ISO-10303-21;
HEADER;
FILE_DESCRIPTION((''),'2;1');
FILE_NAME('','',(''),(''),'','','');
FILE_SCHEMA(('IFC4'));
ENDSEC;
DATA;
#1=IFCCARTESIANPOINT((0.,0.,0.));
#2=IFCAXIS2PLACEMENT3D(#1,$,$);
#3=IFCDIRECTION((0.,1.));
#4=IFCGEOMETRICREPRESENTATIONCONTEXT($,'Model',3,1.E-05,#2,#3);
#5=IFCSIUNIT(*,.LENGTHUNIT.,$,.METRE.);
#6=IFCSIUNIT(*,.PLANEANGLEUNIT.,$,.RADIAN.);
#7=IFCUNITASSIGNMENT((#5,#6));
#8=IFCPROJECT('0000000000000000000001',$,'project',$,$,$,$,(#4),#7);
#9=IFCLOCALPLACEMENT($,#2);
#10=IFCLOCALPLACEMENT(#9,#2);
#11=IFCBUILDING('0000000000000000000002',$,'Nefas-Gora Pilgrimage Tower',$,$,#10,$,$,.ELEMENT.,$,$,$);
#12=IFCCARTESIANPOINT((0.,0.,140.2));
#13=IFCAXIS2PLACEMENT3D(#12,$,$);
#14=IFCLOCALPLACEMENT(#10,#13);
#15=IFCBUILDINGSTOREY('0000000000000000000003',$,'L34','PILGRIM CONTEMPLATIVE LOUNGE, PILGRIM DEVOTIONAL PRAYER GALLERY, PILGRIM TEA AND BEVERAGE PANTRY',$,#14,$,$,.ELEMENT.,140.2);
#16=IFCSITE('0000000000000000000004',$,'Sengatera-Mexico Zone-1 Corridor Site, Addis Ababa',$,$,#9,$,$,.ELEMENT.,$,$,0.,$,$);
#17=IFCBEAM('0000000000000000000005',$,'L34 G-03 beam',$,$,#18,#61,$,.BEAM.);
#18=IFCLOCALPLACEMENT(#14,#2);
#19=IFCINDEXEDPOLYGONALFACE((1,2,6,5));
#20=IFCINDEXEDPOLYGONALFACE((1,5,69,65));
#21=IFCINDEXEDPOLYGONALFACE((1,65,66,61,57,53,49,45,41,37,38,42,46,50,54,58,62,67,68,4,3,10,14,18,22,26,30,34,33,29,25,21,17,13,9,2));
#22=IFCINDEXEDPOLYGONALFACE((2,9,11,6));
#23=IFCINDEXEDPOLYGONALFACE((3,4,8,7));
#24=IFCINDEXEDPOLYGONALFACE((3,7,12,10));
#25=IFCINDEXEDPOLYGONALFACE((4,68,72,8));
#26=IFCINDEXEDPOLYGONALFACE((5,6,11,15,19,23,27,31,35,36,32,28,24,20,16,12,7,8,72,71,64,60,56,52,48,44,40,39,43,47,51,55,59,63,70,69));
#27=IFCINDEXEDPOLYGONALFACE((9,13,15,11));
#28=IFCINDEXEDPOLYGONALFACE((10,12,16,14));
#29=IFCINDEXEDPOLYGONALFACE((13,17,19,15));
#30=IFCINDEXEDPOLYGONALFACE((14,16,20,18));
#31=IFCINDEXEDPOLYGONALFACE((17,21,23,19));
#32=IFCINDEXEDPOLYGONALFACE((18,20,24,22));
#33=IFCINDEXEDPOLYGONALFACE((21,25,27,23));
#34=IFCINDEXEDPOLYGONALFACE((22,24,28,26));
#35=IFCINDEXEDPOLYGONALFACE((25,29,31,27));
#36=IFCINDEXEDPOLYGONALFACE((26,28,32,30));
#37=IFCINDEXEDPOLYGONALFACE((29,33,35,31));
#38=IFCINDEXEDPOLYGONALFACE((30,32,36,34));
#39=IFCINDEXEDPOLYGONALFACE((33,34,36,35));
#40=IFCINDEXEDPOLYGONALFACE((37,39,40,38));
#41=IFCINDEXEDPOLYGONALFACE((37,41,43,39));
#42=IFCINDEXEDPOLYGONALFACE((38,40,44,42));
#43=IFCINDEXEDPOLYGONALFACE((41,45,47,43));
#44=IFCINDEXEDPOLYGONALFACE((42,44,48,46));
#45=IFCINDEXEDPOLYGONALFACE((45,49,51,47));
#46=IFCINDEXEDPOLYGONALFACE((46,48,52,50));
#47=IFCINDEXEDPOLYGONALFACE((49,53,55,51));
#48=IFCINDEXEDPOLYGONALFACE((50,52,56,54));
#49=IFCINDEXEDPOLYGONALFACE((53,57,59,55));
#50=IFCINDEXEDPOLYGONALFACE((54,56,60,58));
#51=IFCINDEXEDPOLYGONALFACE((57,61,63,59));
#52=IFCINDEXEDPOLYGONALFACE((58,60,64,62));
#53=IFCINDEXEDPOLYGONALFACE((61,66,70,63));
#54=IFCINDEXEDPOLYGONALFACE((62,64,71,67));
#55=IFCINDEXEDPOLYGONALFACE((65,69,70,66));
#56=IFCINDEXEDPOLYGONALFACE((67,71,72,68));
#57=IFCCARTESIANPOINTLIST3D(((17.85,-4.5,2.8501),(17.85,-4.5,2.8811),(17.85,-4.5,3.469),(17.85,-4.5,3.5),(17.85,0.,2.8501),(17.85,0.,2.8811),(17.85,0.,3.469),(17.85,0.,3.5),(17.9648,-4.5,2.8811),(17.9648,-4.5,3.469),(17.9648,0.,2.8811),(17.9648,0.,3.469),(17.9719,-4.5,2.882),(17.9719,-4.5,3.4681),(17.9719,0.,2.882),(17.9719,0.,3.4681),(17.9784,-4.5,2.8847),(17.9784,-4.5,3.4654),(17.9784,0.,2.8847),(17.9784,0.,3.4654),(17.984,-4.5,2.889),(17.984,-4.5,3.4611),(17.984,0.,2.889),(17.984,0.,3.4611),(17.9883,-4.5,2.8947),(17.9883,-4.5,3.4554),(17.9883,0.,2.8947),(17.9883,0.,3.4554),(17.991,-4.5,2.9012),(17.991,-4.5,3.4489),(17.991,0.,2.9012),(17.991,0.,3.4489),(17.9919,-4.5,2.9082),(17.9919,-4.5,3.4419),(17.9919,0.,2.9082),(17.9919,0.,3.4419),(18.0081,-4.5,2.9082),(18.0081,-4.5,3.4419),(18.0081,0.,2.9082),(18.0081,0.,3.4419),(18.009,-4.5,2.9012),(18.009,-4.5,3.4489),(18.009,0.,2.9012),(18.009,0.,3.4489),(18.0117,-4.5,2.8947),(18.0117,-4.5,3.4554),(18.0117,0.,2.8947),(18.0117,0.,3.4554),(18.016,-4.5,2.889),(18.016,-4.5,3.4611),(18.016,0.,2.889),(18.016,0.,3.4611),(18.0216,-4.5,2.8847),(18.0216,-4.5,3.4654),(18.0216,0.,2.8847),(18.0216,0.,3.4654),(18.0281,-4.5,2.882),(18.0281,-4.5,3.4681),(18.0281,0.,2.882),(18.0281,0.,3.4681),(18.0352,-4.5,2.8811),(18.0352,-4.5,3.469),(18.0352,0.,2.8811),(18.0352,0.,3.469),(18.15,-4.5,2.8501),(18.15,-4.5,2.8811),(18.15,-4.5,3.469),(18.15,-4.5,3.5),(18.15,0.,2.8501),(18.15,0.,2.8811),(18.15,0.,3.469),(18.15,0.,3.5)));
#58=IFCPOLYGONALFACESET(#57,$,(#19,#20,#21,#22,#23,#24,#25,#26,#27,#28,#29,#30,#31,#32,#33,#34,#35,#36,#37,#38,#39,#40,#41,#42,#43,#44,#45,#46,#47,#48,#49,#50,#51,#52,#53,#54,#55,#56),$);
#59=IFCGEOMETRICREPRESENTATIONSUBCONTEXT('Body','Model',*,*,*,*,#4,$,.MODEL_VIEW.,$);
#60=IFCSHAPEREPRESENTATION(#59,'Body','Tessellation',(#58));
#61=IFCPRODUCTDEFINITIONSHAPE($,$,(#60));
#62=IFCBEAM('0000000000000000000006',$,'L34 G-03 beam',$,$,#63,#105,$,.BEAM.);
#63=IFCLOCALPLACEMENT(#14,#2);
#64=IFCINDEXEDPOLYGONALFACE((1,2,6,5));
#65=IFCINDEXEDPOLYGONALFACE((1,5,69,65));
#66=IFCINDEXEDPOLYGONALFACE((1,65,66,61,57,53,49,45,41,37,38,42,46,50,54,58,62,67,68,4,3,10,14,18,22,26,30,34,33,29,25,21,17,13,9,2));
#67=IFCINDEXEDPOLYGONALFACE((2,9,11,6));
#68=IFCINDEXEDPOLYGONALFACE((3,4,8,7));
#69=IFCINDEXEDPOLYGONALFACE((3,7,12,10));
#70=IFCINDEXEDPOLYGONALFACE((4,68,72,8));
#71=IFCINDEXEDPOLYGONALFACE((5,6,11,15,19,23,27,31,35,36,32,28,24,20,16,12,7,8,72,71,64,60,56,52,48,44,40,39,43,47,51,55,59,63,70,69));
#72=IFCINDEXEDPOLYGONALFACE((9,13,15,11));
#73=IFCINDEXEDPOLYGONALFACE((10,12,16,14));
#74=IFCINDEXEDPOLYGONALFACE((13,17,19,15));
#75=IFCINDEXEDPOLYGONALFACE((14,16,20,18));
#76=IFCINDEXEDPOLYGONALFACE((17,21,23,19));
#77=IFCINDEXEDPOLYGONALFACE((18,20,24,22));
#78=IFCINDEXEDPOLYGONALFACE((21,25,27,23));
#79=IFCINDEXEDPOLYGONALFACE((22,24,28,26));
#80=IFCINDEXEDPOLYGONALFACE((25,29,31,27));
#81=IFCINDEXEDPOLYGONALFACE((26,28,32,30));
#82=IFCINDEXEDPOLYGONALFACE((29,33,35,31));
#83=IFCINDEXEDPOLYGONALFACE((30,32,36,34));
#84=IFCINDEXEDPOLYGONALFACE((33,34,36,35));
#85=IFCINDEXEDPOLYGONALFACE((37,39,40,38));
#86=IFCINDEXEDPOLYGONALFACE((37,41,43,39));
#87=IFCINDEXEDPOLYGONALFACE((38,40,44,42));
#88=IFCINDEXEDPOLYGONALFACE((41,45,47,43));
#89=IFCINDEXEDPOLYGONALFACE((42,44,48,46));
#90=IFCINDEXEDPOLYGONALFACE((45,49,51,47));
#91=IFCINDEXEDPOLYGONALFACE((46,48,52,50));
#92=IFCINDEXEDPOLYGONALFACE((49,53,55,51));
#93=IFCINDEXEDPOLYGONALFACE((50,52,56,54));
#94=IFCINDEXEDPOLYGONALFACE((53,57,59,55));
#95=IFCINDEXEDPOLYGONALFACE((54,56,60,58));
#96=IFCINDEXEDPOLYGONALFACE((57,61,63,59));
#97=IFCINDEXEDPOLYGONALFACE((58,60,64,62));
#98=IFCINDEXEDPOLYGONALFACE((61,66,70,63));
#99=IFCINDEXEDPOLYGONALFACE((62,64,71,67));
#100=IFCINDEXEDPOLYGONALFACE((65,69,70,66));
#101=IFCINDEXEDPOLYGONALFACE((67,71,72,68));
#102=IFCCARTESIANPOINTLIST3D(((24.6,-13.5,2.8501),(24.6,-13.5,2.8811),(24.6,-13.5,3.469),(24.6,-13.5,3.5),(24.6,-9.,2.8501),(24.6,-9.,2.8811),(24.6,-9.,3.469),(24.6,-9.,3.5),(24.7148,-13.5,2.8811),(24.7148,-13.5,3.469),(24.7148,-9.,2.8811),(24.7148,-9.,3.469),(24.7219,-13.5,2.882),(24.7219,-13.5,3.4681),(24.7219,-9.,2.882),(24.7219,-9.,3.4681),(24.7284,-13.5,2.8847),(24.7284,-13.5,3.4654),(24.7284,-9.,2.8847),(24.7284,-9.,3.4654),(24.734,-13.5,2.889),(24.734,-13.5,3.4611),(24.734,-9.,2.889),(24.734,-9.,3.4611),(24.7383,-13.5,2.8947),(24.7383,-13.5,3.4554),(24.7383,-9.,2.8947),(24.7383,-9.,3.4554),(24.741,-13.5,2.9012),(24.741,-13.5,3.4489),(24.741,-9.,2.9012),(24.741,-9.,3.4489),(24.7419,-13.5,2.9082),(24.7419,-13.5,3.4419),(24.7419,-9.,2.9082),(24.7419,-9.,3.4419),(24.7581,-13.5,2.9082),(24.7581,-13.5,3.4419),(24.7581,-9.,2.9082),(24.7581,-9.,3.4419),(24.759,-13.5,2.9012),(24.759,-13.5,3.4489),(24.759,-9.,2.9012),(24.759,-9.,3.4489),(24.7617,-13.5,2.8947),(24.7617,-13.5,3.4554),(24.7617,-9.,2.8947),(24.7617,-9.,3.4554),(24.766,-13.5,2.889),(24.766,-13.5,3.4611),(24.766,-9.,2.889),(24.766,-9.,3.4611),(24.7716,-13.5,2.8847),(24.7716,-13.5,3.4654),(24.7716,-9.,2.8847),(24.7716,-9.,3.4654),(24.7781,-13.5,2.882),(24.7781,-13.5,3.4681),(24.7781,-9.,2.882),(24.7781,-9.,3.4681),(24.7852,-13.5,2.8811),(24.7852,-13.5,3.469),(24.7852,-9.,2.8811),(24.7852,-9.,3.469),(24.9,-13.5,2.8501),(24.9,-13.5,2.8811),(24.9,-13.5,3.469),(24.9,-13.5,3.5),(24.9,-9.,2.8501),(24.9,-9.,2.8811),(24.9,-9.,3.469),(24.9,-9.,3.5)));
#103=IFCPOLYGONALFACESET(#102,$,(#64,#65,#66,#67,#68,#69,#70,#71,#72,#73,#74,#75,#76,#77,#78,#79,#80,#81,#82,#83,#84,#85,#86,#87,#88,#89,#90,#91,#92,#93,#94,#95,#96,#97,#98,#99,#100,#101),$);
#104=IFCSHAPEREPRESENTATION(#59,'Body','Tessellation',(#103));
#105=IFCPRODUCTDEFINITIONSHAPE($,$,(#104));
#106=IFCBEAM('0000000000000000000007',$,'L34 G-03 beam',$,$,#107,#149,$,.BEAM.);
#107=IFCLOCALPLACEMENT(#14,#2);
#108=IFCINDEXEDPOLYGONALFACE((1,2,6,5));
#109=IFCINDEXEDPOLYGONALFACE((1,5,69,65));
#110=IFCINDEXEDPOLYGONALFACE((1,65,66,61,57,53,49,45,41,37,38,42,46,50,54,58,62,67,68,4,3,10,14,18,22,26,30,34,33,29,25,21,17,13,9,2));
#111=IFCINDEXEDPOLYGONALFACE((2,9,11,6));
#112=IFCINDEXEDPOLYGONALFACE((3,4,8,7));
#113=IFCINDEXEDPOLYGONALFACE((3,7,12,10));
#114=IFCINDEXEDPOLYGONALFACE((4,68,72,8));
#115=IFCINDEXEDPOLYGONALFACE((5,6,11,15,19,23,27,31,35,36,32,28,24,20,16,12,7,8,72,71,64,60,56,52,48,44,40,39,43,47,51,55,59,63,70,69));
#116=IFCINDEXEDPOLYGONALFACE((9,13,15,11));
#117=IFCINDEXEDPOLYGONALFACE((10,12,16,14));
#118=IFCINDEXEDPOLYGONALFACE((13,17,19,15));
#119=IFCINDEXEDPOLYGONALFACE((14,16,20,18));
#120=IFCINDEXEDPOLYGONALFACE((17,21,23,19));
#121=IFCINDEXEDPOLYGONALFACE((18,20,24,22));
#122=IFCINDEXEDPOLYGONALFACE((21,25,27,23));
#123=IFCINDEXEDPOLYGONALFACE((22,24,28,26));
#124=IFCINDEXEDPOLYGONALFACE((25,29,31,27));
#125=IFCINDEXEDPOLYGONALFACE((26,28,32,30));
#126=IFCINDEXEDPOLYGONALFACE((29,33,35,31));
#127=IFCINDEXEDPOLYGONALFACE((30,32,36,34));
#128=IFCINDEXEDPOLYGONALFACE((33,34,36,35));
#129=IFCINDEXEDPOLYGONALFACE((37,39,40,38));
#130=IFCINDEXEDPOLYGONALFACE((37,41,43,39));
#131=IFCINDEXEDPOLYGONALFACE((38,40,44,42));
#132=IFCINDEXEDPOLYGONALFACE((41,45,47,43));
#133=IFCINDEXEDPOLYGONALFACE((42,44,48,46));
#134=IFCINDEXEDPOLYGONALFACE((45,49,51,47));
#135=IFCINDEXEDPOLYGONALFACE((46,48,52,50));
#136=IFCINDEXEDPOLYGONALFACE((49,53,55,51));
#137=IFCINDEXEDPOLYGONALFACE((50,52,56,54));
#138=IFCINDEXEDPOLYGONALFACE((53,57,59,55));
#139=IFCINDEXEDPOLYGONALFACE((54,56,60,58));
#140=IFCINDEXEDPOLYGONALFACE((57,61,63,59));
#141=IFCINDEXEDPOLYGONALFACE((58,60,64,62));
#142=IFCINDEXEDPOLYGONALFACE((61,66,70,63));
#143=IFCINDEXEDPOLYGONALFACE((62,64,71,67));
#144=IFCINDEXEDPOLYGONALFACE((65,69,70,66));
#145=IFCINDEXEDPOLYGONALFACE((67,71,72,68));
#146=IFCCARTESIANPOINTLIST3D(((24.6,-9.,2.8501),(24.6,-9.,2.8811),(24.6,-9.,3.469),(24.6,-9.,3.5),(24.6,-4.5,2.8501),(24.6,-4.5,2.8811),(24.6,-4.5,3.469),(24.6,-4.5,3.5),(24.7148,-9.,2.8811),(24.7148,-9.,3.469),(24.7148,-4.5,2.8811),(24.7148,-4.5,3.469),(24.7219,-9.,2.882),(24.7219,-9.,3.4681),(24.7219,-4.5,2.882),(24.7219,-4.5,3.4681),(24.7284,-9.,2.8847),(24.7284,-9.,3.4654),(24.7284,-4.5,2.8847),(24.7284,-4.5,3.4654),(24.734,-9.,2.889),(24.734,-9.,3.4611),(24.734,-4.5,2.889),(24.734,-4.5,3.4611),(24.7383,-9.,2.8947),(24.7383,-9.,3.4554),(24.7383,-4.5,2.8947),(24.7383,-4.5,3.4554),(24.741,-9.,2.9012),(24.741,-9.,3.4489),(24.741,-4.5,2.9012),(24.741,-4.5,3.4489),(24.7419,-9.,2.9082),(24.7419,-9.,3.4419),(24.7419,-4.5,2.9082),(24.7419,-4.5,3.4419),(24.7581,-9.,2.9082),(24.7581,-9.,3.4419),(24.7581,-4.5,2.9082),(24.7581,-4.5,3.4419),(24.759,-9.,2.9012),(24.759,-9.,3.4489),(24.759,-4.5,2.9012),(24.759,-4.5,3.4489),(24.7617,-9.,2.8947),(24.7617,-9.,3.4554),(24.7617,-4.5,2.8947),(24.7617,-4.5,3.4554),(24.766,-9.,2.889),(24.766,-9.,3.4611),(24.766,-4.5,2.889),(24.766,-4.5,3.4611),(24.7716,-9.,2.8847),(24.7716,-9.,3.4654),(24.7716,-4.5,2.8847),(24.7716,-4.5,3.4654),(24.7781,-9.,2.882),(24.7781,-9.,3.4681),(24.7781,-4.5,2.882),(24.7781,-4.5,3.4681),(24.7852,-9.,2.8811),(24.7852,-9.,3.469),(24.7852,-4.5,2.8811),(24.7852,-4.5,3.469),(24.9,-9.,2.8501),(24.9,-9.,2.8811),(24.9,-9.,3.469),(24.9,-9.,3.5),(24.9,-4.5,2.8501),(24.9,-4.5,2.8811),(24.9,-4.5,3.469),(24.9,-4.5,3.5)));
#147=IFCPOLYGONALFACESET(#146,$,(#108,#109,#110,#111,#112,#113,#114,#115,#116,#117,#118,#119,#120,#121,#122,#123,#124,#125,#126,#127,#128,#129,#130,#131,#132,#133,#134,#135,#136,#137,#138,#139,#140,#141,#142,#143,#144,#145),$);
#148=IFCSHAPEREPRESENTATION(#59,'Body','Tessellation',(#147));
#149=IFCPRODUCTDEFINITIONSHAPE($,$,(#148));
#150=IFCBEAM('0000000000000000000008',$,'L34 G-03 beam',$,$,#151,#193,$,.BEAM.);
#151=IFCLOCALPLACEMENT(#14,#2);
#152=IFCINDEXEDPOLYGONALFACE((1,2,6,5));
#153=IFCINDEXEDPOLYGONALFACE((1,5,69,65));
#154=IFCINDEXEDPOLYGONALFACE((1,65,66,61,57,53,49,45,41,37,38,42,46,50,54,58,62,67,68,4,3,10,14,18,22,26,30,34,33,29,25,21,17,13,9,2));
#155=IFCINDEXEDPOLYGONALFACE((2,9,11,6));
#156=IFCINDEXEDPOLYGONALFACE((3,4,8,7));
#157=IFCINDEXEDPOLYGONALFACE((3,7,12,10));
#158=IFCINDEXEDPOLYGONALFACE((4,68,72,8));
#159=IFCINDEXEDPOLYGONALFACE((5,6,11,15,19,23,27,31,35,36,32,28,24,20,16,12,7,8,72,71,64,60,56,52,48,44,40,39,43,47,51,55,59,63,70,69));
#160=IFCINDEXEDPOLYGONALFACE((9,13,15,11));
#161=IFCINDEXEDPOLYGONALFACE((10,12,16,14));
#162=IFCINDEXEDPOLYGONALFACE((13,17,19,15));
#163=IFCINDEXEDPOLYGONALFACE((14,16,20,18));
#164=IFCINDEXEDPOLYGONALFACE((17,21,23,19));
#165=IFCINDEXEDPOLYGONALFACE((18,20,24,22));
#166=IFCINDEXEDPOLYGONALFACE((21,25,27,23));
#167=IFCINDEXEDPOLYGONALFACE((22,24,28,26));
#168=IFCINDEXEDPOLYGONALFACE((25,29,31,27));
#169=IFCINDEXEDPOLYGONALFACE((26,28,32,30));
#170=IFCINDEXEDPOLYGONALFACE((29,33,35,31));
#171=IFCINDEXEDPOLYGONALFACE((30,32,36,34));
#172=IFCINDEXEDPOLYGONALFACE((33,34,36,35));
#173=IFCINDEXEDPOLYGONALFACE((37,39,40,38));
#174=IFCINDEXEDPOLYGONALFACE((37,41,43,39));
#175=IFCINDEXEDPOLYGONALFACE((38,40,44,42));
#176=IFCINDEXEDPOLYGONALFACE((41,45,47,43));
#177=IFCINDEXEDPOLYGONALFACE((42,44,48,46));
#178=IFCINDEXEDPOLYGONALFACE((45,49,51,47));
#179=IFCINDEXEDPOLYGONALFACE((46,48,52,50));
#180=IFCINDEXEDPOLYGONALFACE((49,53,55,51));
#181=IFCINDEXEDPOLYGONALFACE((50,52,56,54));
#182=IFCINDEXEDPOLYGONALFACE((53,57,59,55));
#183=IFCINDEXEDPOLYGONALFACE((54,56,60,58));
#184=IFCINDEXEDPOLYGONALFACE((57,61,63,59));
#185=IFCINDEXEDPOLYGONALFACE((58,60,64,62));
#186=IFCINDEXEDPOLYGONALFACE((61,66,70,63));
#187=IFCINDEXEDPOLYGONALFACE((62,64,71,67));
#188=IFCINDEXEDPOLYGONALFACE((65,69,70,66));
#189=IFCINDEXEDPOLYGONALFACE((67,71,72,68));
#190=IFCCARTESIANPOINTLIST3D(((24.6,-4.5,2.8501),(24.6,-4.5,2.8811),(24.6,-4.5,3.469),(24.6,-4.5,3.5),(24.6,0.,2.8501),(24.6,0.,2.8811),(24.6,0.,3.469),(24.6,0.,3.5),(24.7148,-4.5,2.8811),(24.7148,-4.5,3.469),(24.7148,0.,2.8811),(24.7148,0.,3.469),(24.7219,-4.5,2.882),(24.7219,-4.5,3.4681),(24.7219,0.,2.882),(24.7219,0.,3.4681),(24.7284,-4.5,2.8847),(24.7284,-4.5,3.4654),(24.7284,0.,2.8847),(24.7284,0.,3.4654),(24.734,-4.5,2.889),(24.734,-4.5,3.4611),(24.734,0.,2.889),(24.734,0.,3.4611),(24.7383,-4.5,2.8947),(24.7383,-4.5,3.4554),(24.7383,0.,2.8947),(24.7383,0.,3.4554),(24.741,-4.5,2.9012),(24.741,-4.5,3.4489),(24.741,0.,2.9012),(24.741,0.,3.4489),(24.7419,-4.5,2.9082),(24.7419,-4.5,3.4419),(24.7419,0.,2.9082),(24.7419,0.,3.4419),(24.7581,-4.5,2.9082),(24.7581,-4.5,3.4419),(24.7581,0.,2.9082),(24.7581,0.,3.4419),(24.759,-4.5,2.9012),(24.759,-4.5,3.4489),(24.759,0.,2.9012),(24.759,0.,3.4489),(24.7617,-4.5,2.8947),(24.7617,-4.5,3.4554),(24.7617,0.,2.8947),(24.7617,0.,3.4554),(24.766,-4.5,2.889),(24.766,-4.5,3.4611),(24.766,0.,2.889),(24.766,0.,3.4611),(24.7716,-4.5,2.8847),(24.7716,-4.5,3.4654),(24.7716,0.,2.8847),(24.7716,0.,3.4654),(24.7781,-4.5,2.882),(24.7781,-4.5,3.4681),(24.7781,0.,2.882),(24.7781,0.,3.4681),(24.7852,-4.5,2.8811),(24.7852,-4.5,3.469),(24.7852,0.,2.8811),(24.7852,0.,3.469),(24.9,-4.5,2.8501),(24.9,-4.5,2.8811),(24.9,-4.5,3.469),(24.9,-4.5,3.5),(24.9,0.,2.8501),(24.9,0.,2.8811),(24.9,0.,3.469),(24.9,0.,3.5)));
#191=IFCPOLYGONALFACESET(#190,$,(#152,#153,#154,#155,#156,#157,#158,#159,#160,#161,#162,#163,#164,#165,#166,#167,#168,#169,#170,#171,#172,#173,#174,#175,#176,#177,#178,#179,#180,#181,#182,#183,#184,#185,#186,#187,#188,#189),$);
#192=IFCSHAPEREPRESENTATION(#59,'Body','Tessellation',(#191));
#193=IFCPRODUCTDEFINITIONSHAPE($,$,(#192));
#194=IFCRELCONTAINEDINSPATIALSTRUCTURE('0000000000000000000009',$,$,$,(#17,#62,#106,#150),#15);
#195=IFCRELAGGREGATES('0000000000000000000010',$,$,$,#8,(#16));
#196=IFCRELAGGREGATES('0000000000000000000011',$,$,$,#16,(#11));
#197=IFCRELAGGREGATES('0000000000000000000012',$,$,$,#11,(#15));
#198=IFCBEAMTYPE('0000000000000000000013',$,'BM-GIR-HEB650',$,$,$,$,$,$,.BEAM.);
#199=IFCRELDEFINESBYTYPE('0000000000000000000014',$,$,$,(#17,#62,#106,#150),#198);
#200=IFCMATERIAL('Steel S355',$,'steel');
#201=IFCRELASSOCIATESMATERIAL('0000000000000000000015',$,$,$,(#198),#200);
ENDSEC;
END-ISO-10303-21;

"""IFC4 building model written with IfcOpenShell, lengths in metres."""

from ifc_helpers import new_model, si_unit, direction, frame, origin, origin_2d, place, context, subcontext, project, spatial, i_section, extrude, source, transform, mapped, material, material_profile, profile_set, type_object, element, save


model = new_model("IFC4")

# Units and contexts
model_context = context("Model", 3, precision=1e-05, world=origin(), true_north=direction((0.0, 1.0)))
body_context = subcontext(model_context, "Body", "Model", "MODEL_VIEW")
ifc_project = project(units=[si_unit("LENGTHUNIT", "METRE"), si_unit("PLANEANGLEUNIT", "RADIAN")], contexts=[model_context])

# Site, building, storey
site_placement = place(None, origin())
site = spatial("IfcSite", under=ifc_project, at=site_placement, Name="Sengatera-Mexico Zone-1 Corridor Site, Addis Ababa", CompositionType="ELEMENT", RefElevation=0.0)
building_placement = place(site_placement, origin())
building = spatial("IfcBuilding", under=site, at=building_placement, Name="Nefas-Gora Pilgrimage Tower", CompositionType="ELEMENT")
storey_placement = place(building_placement, frame((0.0, 0.0, 140.2)))
storey = spatial("IfcBuildingStorey", under=building, at=storey_placement, Name="L34", Description="PILGRIM CONTEMPLATIVE LOUNGE, PILGRIM DEVOTIONAL PRAYER GALLERY, PILGRIM TEA AND BEVERAGE PANTRY", CompositionType="ELEMENT", Elevation=140.2)

# Beams
ifc_material_1 = material(Name="Steel S355", Category="steel")
ifc_material_profile_1 = material_profile(ifc_material_1, i_section(OverallWidth=0.3, OverallDepth=0.6499, WebThickness=0.0161, FlangeThickness=0.031, FilletRadius=0.0271, at=origin_2d()), Name="HEB 650")
ifc_profile_set_1 = profile_set([ifc_material_profile_1], Name="Steel S355")
beam_type_1 = type_object("IfcBeamType", Name="BM-GIR-HEB650", PredefinedType="BEAM", material=ifc_profile_set_1)
shared_shape_1 = source(origin(), body_context, "Body", "SweptSolid", [
    extrude(i_section(OverallWidth=0.3, OverallDepth=0.6499, WebThickness=0.0161, FlangeThickness=0.031, FilletRadius=0.0271, at=origin_2d()), origin(), (0.0, 0.0, 1.0), 4.5),
])
for number, where, z_axis, x_axis, name in (
    (1, (18.0, -4.5, 3.175), (0.0, 1.0, 0.0), (-1.0, 0.0, 0.0), "L34 G-03 beam"),
    (2, (24.75, -13.5, 3.175), (0.0, 1.0, 0.0), (-1.0, 0.0, 0.0), "L34 G-03 beam"),
    (3, (24.75, -9.0, 3.175), (0.0, 1.0, 0.0), (-1.0, 0.0, 0.0), "L34 G-03 beam"),
    (4, (24.75, -4.5, 3.175), (0.0, 1.0, 0.0), (-1.0, 0.0, 0.0), "L34 G-03 beam"),
):
    element("IfcBeam", number, at=place(storey_placement, frame(where, z_axis=z_axis, x_axis=x_axis)), inside=storey, type_object=beam_type_1, Name=name, PredefinedType="BEAM", context=body_context, shape_type="MappedRepresentation", body=[
        mapped(shared_shape_1, transform((0.0, 0.0, 0.0), x_axis=(1.0, 0.0, 0.0), y_axis=(0.0, 1.0, 0.0), z_axis=(0.0, 0.0, 1.0), scale=1.0)),
    ])

save(model, "model.ifc")
